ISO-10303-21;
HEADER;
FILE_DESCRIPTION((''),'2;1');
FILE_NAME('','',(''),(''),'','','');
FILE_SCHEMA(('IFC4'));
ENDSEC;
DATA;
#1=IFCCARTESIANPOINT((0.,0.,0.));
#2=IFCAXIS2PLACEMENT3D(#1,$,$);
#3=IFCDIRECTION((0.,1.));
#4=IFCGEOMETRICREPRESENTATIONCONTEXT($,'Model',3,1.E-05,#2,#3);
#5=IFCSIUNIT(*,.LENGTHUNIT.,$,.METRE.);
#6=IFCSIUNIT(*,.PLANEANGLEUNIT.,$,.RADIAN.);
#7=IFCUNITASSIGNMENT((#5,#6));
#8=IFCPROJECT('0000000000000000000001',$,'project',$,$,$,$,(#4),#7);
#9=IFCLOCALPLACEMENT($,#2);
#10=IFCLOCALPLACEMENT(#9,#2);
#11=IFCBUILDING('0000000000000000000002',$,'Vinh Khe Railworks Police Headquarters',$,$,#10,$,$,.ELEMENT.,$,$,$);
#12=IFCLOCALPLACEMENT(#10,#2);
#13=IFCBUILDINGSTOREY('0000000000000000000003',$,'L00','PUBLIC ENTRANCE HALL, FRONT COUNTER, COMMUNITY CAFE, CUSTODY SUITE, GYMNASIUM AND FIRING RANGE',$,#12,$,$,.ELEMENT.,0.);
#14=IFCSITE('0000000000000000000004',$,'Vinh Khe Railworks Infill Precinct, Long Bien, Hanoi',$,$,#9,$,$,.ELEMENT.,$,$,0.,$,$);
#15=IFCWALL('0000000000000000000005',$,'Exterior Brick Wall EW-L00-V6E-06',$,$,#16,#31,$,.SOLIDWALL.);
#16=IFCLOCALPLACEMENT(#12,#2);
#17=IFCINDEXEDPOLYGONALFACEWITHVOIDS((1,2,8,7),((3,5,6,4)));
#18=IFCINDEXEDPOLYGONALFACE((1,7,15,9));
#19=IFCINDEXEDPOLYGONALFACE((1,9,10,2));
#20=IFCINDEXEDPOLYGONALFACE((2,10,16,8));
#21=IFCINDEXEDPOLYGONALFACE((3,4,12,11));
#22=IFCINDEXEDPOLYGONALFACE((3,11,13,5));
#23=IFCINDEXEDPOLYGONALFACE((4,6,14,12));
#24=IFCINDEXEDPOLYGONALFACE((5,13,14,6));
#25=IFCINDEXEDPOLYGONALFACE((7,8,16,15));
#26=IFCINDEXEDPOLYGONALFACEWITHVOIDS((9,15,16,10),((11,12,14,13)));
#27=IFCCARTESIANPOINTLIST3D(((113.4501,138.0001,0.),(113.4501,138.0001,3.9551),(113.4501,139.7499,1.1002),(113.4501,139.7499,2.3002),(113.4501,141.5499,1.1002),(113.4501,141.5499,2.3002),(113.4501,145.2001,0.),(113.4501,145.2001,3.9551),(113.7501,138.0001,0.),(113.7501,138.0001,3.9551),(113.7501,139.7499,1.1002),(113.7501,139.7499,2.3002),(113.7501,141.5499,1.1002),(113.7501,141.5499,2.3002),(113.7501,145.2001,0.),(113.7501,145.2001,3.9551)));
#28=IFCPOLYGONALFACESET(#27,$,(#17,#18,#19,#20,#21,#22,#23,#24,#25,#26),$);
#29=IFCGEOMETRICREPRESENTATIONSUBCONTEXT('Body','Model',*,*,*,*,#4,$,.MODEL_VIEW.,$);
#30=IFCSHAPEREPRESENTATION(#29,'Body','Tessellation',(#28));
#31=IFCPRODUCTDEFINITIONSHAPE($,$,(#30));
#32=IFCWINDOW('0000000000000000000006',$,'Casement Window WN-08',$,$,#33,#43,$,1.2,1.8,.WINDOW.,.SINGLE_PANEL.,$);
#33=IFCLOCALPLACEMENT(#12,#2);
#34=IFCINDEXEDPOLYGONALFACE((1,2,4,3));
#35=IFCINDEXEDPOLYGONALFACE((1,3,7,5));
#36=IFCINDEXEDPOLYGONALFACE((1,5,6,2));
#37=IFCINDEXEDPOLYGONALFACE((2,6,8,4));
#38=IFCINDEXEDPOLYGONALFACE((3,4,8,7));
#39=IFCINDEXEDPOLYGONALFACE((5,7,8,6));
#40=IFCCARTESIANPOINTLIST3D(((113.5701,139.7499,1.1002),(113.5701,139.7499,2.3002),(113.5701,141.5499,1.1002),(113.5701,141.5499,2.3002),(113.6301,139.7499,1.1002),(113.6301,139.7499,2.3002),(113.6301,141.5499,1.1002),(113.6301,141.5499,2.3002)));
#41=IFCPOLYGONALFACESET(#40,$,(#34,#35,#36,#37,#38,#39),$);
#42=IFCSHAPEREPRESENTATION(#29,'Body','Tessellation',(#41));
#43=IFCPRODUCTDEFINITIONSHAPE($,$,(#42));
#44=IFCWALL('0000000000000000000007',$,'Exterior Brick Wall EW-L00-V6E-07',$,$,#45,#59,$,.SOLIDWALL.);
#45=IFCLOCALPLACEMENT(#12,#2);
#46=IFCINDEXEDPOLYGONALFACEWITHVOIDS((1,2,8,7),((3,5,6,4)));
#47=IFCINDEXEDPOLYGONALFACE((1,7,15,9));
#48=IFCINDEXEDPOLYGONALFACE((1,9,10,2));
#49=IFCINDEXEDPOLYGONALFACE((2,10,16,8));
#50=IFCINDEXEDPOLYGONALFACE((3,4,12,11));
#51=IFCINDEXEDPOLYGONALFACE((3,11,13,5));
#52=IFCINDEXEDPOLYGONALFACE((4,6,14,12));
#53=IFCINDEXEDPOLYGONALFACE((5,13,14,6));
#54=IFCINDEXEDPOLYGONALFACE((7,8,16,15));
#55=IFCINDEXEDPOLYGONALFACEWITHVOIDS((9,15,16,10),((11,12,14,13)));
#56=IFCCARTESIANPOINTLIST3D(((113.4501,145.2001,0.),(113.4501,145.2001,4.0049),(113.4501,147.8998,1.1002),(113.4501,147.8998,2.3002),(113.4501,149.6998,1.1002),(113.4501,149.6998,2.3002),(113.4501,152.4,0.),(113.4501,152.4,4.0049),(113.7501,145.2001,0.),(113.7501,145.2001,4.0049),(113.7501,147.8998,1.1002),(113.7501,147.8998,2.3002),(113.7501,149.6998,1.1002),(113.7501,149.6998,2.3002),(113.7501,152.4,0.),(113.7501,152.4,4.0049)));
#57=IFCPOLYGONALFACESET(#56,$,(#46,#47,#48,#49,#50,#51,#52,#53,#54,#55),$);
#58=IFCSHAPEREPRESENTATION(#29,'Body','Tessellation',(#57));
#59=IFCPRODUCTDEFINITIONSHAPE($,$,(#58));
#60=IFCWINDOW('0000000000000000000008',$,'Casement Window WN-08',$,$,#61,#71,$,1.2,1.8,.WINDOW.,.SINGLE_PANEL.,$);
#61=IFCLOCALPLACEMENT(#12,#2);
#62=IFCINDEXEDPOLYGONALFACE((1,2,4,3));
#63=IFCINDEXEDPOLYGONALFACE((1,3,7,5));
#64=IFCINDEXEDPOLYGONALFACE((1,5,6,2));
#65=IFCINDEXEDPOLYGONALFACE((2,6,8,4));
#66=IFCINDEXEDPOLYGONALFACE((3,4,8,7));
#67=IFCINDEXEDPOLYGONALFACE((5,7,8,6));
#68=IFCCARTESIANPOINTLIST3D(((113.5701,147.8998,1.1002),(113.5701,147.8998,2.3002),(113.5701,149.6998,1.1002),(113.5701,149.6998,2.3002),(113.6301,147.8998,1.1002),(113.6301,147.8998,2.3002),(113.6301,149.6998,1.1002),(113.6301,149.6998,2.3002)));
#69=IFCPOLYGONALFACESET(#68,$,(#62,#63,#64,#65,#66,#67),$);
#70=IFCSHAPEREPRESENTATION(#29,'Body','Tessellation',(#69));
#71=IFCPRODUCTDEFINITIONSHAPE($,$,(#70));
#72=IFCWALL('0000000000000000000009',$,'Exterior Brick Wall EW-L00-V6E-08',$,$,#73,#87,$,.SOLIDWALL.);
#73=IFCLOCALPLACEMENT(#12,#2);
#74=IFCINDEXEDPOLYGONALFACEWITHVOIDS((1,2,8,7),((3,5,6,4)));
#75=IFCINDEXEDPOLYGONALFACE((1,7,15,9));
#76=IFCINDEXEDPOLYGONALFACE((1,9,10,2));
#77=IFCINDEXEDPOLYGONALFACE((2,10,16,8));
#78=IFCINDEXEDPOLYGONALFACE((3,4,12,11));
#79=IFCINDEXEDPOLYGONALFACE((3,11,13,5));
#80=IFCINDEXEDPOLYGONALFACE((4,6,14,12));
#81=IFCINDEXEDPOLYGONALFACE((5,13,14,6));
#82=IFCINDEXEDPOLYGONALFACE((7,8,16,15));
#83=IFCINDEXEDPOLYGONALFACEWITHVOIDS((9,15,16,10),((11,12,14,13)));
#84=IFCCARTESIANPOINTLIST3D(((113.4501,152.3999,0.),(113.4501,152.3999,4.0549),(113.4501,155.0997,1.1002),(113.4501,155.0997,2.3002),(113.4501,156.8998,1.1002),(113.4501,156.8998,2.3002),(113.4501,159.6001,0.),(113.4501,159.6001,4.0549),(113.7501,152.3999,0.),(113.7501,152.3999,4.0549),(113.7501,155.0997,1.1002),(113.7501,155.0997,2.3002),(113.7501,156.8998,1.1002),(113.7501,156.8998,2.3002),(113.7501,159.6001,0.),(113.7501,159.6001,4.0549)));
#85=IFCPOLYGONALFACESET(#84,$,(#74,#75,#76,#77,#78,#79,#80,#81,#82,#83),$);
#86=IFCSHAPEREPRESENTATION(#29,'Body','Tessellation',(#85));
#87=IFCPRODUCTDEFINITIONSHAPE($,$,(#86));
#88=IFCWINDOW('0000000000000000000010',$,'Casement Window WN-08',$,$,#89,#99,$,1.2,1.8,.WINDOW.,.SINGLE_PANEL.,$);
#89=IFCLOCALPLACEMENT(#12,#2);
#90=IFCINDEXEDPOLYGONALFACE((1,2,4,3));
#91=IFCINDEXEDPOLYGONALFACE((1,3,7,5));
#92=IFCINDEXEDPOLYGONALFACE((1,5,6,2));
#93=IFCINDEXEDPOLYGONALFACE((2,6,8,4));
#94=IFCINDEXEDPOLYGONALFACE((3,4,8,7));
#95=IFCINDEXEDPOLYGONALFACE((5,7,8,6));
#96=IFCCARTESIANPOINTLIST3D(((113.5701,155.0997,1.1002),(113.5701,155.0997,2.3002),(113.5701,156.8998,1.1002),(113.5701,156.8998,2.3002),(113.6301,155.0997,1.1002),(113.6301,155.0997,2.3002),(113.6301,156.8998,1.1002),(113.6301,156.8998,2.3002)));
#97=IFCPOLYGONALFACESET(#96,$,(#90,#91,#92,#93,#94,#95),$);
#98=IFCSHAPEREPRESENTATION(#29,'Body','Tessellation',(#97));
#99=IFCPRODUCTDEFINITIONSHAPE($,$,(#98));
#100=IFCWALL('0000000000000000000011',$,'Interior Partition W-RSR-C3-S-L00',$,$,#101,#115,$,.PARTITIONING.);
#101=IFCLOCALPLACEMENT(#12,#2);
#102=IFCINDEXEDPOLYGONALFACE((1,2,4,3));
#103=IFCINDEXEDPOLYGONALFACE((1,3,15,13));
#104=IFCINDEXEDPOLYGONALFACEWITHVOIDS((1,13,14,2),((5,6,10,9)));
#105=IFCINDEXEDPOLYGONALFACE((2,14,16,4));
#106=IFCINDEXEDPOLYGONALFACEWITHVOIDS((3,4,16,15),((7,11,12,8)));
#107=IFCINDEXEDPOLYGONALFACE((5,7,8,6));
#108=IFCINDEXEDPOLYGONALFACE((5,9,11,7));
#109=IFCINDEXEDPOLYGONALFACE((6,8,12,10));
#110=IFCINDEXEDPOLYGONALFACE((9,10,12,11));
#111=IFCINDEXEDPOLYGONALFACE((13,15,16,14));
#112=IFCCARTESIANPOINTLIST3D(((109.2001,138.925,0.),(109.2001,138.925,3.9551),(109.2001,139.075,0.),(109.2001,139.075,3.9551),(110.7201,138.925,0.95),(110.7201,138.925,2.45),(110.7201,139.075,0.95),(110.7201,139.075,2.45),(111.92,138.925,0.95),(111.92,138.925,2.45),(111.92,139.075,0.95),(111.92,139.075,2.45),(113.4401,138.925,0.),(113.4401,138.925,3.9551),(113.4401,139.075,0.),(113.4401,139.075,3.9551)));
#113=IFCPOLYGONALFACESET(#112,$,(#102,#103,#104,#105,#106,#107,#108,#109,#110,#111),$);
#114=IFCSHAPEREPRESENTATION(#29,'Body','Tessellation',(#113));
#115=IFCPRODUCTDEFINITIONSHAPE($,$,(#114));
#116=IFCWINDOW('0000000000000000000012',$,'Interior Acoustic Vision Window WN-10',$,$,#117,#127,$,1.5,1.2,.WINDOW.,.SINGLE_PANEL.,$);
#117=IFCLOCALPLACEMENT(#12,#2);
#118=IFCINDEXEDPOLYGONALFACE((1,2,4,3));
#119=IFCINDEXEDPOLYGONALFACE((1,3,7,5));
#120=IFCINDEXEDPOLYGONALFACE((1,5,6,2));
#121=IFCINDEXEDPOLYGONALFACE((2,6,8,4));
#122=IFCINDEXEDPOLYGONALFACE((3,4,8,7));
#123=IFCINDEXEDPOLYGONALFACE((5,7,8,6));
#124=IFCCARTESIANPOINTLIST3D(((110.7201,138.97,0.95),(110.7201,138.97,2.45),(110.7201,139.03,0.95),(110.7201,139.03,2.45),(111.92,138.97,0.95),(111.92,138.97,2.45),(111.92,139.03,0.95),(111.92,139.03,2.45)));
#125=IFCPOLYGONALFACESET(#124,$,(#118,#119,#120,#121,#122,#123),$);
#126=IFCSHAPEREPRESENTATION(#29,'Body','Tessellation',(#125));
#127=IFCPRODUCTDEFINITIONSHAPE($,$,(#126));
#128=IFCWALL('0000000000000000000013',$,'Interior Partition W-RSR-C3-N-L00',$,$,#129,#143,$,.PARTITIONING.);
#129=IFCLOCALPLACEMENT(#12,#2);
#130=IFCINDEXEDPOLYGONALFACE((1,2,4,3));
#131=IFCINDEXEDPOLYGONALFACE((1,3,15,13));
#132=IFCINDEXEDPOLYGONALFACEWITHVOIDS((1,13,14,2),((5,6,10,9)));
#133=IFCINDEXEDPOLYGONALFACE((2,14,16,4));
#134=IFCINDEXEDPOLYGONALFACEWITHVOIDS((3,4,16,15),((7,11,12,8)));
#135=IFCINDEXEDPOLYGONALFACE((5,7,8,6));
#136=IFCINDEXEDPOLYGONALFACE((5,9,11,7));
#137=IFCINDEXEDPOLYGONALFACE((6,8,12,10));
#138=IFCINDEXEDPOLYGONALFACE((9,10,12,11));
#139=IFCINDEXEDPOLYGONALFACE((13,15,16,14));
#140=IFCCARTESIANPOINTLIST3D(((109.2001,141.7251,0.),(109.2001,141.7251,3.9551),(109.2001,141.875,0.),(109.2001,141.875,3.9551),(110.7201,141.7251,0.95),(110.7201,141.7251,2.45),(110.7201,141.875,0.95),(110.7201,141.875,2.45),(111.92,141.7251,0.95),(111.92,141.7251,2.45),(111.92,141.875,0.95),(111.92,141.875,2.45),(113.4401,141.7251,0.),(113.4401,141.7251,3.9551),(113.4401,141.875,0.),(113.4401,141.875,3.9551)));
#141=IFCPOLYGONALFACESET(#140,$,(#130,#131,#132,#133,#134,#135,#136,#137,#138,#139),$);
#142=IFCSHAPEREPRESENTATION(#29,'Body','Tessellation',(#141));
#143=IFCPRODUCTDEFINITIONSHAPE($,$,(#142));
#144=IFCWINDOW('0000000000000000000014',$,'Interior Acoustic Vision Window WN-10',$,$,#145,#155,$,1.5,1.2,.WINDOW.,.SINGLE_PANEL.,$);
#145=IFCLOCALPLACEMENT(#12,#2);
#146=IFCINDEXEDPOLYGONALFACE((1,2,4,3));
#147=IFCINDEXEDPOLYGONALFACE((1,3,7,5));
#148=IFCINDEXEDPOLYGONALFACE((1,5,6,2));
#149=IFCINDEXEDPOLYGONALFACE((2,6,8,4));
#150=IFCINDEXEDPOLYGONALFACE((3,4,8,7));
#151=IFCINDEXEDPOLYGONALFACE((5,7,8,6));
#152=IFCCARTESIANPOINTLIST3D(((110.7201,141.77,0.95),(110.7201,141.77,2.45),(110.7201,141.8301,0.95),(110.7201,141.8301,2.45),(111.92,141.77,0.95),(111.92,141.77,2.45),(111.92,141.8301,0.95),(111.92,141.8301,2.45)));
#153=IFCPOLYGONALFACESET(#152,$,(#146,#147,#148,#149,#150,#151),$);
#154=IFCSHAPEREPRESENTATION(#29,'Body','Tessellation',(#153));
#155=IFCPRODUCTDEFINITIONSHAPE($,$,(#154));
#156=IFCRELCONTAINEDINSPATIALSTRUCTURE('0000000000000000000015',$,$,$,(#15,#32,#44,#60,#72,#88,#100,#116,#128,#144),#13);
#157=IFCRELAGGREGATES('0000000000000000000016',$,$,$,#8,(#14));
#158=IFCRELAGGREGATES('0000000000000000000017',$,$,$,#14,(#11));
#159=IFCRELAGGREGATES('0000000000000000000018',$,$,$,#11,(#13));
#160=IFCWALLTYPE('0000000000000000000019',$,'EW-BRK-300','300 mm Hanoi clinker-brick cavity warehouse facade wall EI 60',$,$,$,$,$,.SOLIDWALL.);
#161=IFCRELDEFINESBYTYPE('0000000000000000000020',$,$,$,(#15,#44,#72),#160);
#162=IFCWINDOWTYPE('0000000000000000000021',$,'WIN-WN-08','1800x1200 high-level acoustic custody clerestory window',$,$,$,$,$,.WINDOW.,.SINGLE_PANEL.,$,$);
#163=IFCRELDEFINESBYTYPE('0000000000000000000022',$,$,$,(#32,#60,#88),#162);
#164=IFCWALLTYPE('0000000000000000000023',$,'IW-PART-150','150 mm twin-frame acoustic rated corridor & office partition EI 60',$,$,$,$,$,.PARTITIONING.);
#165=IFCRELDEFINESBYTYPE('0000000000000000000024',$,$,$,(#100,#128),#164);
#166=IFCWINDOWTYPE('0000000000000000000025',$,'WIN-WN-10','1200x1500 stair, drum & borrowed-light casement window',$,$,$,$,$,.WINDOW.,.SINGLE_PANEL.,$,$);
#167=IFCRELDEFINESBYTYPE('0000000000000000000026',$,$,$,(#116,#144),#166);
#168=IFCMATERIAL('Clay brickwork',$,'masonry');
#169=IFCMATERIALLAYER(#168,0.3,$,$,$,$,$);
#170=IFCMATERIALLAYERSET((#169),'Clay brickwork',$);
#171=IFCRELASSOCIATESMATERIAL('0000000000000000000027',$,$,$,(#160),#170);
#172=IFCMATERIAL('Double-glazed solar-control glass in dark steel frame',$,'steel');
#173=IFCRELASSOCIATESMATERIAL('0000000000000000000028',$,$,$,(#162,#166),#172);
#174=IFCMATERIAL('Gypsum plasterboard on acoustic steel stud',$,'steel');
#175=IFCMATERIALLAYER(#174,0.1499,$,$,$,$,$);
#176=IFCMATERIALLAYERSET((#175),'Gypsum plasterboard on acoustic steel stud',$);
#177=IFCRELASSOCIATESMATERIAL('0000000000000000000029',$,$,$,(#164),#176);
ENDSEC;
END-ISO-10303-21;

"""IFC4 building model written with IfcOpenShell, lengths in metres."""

from ifc_helpers import new_model, si_unit, direction, frame, frame_2d, origin, place, context, subcontext, project, spatial, rectangle, extrude, material, layer, layer_set, type_object, element, fill, save


model = new_model("IFC4")

# Units and contexts
model_context = context("Model", 3, precision=1e-05, world=origin(), true_north=direction((0.0, 1.0)))
body_context = subcontext(model_context, "Body", "Model", "MODEL_VIEW")
ifc_project = project(units=[si_unit("LENGTHUNIT", "METRE"), si_unit("PLANEANGLEUNIT", "RADIAN")], contexts=[model_context])

# Site, building, storey
site_placement = place(None, origin())
site = spatial("IfcSite", under=ifc_project, at=site_placement, Name="Vinh Khe Railworks Infill Precinct, Long Bien, Hanoi", CompositionType="ELEMENT", RefElevation=0.0)
building_placement = place(site_placement, origin())
building = spatial("IfcBuilding", under=site, at=building_placement, Name="Vinh Khe Railworks Police Headquarters", CompositionType="ELEMENT")
storey_placement = place(building_placement, origin())
storey = spatial("IfcBuildingStorey", under=building, at=storey_placement, Name="L00", Description="PUBLIC ENTRANCE HALL, FRONT COUNTER, COMMUNITY CAFE, CUSTODY SUITE, GYMNASIUM AND FIRING RANGE", CompositionType="ELEMENT", Elevation=0.0)

# Walls, openings, windows
ifc_material_1 = material(Name="Clay brickwork", Category="masonry")
ifc_layer_1 = layer(ifc_material_1, 0.3)
ifc_layer_set_1 = layer_set([ifc_layer_1], Name="Clay brickwork")
wall_type_1 = type_object("IfcWallType", Name="EW-BRK-300", Description="300 mm Hanoi clinker-brick cavity warehouse facade wall EI 60", PredefinedType="SOLIDWALL", material=ifc_layer_set_1)
wall_1_placement = place(storey_placement, frame((113.6001, 138.0, 0.0), z_axis=(0.0, 0.0, 1.0), x_axis=(0.0, 1.0, 0.0)))
wall_1 = element("IfcWall", 1, at=wall_1_placement, inside=storey, type_object=wall_type_1, Name="Exterior Brick Wall EW-L00-V6E-06", PredefinedType="SOLIDWALL", context=body_context, shape_type="SweptSolid", body=[
    extrude(rectangle(XDim=7.2, YDim=0.3, at=frame_2d((3.6001, 0.0))), origin(), (0.0, 0.0, 1.0), 3.9551),
])
opening_1_placement = place(wall_1_placement, frame((1.75, 0.0, 1.1001)))
opening_1 = element("IfcOpeningElement", 2, at=opening_1_placement, cuts=wall_1, PredefinedType="OPENING", context=body_context, shape_type="SweptSolid", body=[
    extrude(rectangle(XDim=1.8, YDim=1.2, at=frame_2d((0.8999, 0.6001))), frame((0.0, 0.165, 0.0), z_axis=(0.0, -1.0, 0.0), x_axis=(1.0, 0.0, 0.0)), (0.0, 0.0, 1.0), 0.3298),
])
ifc_material_2 = material(Name="Double-glazed solar-control glass in dark steel frame", Category="steel")
window_type_1 = type_object("IfcWindowType", Name="WIN-WN-08", Description="1800x1200 high-level acoustic custody clerestory window", PartitioningType="SINGLE_PANEL", PredefinedType="WINDOW", material=ifc_material_2)
window_1_placement = place(opening_1_placement, origin())
window_1 = element("IfcWindow", 3, at=window_1_placement, inside=storey, type_object=window_type_1, Name="Casement Window WN-08", OverallHeight=1.2, OverallWidth=1.8, PartitioningType="SINGLE_PANEL", PredefinedType="WINDOW", context=body_context, shape_type="SweptSolid", body=[
    extrude(rectangle(XDim=1.8, YDim=1.2, at=frame_2d((0.8999, 0.6001))), frame((0.0, 0.03, 0.0), z_axis=(0.0, -1.0, 0.0), x_axis=(1.0, 0.0, 0.0)), (0.0, 0.0, 1.0), 0.0601),
])
fill(opening_1, window_1)
wall_2_placement = place(storey_placement, frame((113.6001, 145.2, 0.0), z_axis=(0.0, 0.0, 1.0), x_axis=(0.0, 1.0, 0.0)))
wall_2 = element("IfcWall", 4, at=wall_2_placement, inside=storey, type_object=wall_type_1, Name="Exterior Brick Wall EW-L00-V6E-07", PredefinedType="SOLIDWALL", context=body_context, shape_type="SweptSolid", body=[
    extrude(rectangle(XDim=7.2, YDim=0.3, at=frame_2d((3.6001, 0.0))), origin(), (0.0, 0.0, 1.0), 4.0049),
])
opening_2_placement = place(wall_2_placement, frame((2.7, 0.0, 1.1001)))
opening_2 = element("IfcOpeningElement", 5, at=opening_2_placement, cuts=wall_2, PredefinedType="OPENING", context=body_context, shape_type="SweptSolid", body=[
    extrude(rectangle(XDim=1.8, YDim=1.2, at=frame_2d((0.8999, 0.6001))), frame((0.0, 0.165, 0.0), z_axis=(0.0, -1.0, 0.0), x_axis=(1.0, 0.0, 0.0)), (0.0, 0.0, 1.0), 0.3298),
])
window_2_placement = place(opening_2_placement, origin())
window_2 = element("IfcWindow", 6, at=window_2_placement, inside=storey, type_object=window_type_1, Name="Casement Window WN-08", OverallHeight=1.2, OverallWidth=1.8, PartitioningType="SINGLE_PANEL", PredefinedType="WINDOW", context=body_context, shape_type="SweptSolid", body=[
    extrude(rectangle(XDim=1.8, YDim=1.2, at=frame_2d((0.8999, 0.6001))), frame((0.0, 0.03, 0.0), z_axis=(0.0, -1.0, 0.0), x_axis=(1.0, 0.0, 0.0)), (0.0, 0.0, 1.0), 0.0601),
])
fill(opening_2, window_2)
wall_3_placement = place(storey_placement, frame((113.6001, 152.3999, 0.0), z_axis=(0.0, 0.0, 1.0), x_axis=(0.0, 1.0, 0.0)))
wall_3 = element("IfcWall", 7, at=wall_3_placement, inside=storey, type_object=wall_type_1, Name="Exterior Brick Wall EW-L00-V6E-08", PredefinedType="SOLIDWALL", context=body_context, shape_type="SweptSolid", body=[
    extrude(rectangle(XDim=7.2002, YDim=0.3, at=frame_2d((3.6001, 0.0))), origin(), (0.0, 0.0, 1.0), 4.0549),
])
opening_3_placement = place(wall_3_placement, frame((2.7, 0.0, 1.1001)))
opening_3 = element("IfcOpeningElement", 8, at=opening_3_placement, cuts=wall_3, PredefinedType="OPENING", context=body_context, shape_type="SweptSolid", body=[
    extrude(rectangle(XDim=1.8, YDim=1.2, at=frame_2d((0.8999, 0.6001))), frame((0.0, 0.165, 0.0), z_axis=(0.0, -1.0, 0.0), x_axis=(1.0, 0.0, 0.0)), (0.0, 0.0, 1.0), 0.3298),
])
window_3_placement = place(opening_3_placement, origin())
window_3 = element("IfcWindow", 9, at=window_3_placement, inside=storey, type_object=window_type_1, Name="Casement Window WN-08", OverallHeight=1.2, OverallWidth=1.8, PartitioningType="SINGLE_PANEL", PredefinedType="WINDOW", context=body_context, shape_type="SweptSolid", body=[
    extrude(rectangle(XDim=1.8, YDim=1.2, at=frame_2d((0.8999, 0.6001))), frame((0.0, 0.03, 0.0), z_axis=(0.0, -1.0, 0.0), x_axis=(1.0, 0.0, 0.0)), (0.0, 0.0, 1.0), 0.0601),
])
fill(opening_3, window_3)
ifc_material_3 = material(Name="Gypsum plasterboard on acoustic steel stud", Category="steel")
ifc_layer_2 = layer(ifc_material_3, 0.1499)
ifc_layer_set_2 = layer_set([ifc_layer_2], Name="Gypsum plasterboard on acoustic steel stud")
wall_type_2 = type_object("IfcWallType", Name="IW-PART-150", Description="150 mm twin-frame acoustic rated corridor & office partition EI 60", PredefinedType="PARTITIONING", material=ifc_layer_set_2)
wall_4_placement = place(storey_placement, frame((109.2, 139.0, 0.0), z_axis=(0.0, 0.0, 1.0), x_axis=(1.0, 0.0, 0.0)))
wall_4 = element("IfcWall", 10, at=wall_4_placement, inside=storey, type_object=wall_type_2, Name="Interior Partition W-RSR-C3-S-L00", PredefinedType="PARTITIONING", context=body_context, shape_type="SweptSolid", body=[
    extrude(rectangle(XDim=4.24, YDim=0.1499, at=frame_2d((2.1201, 0.0))), origin(), (0.0, 0.0, 1.0), 3.9551),
])
opening_4_placement = place(wall_4_placement, frame((1.52, 0.0, 0.95)))
opening_4 = element("IfcOpeningElement", 11, at=opening_4_placement, cuts=wall_4, PredefinedType="OPENING", context=body_context, shape_type="SweptSolid", body=[
    extrude(rectangle(XDim=1.2, YDim=1.5, at=frame_2d((0.6001, 0.75))), frame((0.0, 0.0898, 0.0), z_axis=(0.0, -1.0, 0.0), x_axis=(1.0, 0.0, 0.0)), (0.0, 0.0, 1.0), 0.1797),
])
window_type_2 = type_object("IfcWindowType", Name="WIN-WN-10", Description="1200x1500 stair, drum & borrowed-light casement window", PartitioningType="SINGLE_PANEL", PredefinedType="WINDOW", material=ifc_material_2)
window_4_placement = place(opening_4_placement, origin())
window_4 = element("IfcWindow", 12, at=window_4_placement, inside=storey, type_object=window_type_2, Name="Interior Acoustic Vision Window WN-10", OverallHeight=1.5, OverallWidth=1.2, PartitioningType="SINGLE_PANEL", PredefinedType="WINDOW", context=body_context, shape_type="SweptSolid", body=[
    extrude(rectangle(XDim=1.2, YDim=1.5, at=frame_2d((0.6001, 0.75))), frame((0.0, 0.03, 0.0), z_axis=(0.0, -1.0, 0.0), x_axis=(1.0, 0.0, 0.0)), (0.0, 0.0, 1.0), 0.0601),
])
fill(opening_4, window_4)
wall_5_placement = place(storey_placement, frame((109.2, 141.8, 0.0), z_axis=(0.0, 0.0, 1.0), x_axis=(1.0, 0.0, 0.0)))
wall_5 = element("IfcWall", 13, at=wall_5_placement, inside=storey, type_object=wall_type_2, Name="Interior Partition W-RSR-C3-N-L00", PredefinedType="PARTITIONING", context=body_context, shape_type="SweptSolid", body=[
    extrude(rectangle(XDim=4.24, YDim=0.1499, at=frame_2d((2.1201, 0.0))), origin(), (0.0, 0.0, 1.0), 3.9551),
])
opening_5_placement = place(wall_5_placement, frame((1.52, 0.0, 0.95)))
opening_5 = element("IfcOpeningElement", 14, at=opening_5_placement, cuts=wall_5, PredefinedType="OPENING", context=body_context, shape_type="SweptSolid", body=[
    extrude(rectangle(XDim=1.2, YDim=1.5, at=frame_2d((0.6001, 0.75))), frame((0.0, 0.0898, 0.0), z_axis=(0.0, -1.0, 0.0), x_axis=(1.0, 0.0, 0.0)), (0.0, 0.0, 1.0), 0.1797),
])
window_5_placement = place(opening_5_placement, origin())
window_5 = element("IfcWindow", 15, at=window_5_placement, inside=storey, type_object=window_type_2, Name="Interior Acoustic Vision Window WN-10", OverallHeight=1.5, OverallWidth=1.2, PartitioningType="SINGLE_PANEL", PredefinedType="WINDOW", context=body_context, shape_type="SweptSolid", body=[
    extrude(rectangle(XDim=1.2, YDim=1.5, at=frame_2d((0.6001, 0.75))), frame((0.0, 0.03, 0.0), z_axis=(0.0, -1.0, 0.0), x_axis=(1.0, 0.0, 0.0)), (0.0, 0.0, 1.0), 0.0601),
])
fill(opening_5, window_5)

save(model, "model.ifc")
